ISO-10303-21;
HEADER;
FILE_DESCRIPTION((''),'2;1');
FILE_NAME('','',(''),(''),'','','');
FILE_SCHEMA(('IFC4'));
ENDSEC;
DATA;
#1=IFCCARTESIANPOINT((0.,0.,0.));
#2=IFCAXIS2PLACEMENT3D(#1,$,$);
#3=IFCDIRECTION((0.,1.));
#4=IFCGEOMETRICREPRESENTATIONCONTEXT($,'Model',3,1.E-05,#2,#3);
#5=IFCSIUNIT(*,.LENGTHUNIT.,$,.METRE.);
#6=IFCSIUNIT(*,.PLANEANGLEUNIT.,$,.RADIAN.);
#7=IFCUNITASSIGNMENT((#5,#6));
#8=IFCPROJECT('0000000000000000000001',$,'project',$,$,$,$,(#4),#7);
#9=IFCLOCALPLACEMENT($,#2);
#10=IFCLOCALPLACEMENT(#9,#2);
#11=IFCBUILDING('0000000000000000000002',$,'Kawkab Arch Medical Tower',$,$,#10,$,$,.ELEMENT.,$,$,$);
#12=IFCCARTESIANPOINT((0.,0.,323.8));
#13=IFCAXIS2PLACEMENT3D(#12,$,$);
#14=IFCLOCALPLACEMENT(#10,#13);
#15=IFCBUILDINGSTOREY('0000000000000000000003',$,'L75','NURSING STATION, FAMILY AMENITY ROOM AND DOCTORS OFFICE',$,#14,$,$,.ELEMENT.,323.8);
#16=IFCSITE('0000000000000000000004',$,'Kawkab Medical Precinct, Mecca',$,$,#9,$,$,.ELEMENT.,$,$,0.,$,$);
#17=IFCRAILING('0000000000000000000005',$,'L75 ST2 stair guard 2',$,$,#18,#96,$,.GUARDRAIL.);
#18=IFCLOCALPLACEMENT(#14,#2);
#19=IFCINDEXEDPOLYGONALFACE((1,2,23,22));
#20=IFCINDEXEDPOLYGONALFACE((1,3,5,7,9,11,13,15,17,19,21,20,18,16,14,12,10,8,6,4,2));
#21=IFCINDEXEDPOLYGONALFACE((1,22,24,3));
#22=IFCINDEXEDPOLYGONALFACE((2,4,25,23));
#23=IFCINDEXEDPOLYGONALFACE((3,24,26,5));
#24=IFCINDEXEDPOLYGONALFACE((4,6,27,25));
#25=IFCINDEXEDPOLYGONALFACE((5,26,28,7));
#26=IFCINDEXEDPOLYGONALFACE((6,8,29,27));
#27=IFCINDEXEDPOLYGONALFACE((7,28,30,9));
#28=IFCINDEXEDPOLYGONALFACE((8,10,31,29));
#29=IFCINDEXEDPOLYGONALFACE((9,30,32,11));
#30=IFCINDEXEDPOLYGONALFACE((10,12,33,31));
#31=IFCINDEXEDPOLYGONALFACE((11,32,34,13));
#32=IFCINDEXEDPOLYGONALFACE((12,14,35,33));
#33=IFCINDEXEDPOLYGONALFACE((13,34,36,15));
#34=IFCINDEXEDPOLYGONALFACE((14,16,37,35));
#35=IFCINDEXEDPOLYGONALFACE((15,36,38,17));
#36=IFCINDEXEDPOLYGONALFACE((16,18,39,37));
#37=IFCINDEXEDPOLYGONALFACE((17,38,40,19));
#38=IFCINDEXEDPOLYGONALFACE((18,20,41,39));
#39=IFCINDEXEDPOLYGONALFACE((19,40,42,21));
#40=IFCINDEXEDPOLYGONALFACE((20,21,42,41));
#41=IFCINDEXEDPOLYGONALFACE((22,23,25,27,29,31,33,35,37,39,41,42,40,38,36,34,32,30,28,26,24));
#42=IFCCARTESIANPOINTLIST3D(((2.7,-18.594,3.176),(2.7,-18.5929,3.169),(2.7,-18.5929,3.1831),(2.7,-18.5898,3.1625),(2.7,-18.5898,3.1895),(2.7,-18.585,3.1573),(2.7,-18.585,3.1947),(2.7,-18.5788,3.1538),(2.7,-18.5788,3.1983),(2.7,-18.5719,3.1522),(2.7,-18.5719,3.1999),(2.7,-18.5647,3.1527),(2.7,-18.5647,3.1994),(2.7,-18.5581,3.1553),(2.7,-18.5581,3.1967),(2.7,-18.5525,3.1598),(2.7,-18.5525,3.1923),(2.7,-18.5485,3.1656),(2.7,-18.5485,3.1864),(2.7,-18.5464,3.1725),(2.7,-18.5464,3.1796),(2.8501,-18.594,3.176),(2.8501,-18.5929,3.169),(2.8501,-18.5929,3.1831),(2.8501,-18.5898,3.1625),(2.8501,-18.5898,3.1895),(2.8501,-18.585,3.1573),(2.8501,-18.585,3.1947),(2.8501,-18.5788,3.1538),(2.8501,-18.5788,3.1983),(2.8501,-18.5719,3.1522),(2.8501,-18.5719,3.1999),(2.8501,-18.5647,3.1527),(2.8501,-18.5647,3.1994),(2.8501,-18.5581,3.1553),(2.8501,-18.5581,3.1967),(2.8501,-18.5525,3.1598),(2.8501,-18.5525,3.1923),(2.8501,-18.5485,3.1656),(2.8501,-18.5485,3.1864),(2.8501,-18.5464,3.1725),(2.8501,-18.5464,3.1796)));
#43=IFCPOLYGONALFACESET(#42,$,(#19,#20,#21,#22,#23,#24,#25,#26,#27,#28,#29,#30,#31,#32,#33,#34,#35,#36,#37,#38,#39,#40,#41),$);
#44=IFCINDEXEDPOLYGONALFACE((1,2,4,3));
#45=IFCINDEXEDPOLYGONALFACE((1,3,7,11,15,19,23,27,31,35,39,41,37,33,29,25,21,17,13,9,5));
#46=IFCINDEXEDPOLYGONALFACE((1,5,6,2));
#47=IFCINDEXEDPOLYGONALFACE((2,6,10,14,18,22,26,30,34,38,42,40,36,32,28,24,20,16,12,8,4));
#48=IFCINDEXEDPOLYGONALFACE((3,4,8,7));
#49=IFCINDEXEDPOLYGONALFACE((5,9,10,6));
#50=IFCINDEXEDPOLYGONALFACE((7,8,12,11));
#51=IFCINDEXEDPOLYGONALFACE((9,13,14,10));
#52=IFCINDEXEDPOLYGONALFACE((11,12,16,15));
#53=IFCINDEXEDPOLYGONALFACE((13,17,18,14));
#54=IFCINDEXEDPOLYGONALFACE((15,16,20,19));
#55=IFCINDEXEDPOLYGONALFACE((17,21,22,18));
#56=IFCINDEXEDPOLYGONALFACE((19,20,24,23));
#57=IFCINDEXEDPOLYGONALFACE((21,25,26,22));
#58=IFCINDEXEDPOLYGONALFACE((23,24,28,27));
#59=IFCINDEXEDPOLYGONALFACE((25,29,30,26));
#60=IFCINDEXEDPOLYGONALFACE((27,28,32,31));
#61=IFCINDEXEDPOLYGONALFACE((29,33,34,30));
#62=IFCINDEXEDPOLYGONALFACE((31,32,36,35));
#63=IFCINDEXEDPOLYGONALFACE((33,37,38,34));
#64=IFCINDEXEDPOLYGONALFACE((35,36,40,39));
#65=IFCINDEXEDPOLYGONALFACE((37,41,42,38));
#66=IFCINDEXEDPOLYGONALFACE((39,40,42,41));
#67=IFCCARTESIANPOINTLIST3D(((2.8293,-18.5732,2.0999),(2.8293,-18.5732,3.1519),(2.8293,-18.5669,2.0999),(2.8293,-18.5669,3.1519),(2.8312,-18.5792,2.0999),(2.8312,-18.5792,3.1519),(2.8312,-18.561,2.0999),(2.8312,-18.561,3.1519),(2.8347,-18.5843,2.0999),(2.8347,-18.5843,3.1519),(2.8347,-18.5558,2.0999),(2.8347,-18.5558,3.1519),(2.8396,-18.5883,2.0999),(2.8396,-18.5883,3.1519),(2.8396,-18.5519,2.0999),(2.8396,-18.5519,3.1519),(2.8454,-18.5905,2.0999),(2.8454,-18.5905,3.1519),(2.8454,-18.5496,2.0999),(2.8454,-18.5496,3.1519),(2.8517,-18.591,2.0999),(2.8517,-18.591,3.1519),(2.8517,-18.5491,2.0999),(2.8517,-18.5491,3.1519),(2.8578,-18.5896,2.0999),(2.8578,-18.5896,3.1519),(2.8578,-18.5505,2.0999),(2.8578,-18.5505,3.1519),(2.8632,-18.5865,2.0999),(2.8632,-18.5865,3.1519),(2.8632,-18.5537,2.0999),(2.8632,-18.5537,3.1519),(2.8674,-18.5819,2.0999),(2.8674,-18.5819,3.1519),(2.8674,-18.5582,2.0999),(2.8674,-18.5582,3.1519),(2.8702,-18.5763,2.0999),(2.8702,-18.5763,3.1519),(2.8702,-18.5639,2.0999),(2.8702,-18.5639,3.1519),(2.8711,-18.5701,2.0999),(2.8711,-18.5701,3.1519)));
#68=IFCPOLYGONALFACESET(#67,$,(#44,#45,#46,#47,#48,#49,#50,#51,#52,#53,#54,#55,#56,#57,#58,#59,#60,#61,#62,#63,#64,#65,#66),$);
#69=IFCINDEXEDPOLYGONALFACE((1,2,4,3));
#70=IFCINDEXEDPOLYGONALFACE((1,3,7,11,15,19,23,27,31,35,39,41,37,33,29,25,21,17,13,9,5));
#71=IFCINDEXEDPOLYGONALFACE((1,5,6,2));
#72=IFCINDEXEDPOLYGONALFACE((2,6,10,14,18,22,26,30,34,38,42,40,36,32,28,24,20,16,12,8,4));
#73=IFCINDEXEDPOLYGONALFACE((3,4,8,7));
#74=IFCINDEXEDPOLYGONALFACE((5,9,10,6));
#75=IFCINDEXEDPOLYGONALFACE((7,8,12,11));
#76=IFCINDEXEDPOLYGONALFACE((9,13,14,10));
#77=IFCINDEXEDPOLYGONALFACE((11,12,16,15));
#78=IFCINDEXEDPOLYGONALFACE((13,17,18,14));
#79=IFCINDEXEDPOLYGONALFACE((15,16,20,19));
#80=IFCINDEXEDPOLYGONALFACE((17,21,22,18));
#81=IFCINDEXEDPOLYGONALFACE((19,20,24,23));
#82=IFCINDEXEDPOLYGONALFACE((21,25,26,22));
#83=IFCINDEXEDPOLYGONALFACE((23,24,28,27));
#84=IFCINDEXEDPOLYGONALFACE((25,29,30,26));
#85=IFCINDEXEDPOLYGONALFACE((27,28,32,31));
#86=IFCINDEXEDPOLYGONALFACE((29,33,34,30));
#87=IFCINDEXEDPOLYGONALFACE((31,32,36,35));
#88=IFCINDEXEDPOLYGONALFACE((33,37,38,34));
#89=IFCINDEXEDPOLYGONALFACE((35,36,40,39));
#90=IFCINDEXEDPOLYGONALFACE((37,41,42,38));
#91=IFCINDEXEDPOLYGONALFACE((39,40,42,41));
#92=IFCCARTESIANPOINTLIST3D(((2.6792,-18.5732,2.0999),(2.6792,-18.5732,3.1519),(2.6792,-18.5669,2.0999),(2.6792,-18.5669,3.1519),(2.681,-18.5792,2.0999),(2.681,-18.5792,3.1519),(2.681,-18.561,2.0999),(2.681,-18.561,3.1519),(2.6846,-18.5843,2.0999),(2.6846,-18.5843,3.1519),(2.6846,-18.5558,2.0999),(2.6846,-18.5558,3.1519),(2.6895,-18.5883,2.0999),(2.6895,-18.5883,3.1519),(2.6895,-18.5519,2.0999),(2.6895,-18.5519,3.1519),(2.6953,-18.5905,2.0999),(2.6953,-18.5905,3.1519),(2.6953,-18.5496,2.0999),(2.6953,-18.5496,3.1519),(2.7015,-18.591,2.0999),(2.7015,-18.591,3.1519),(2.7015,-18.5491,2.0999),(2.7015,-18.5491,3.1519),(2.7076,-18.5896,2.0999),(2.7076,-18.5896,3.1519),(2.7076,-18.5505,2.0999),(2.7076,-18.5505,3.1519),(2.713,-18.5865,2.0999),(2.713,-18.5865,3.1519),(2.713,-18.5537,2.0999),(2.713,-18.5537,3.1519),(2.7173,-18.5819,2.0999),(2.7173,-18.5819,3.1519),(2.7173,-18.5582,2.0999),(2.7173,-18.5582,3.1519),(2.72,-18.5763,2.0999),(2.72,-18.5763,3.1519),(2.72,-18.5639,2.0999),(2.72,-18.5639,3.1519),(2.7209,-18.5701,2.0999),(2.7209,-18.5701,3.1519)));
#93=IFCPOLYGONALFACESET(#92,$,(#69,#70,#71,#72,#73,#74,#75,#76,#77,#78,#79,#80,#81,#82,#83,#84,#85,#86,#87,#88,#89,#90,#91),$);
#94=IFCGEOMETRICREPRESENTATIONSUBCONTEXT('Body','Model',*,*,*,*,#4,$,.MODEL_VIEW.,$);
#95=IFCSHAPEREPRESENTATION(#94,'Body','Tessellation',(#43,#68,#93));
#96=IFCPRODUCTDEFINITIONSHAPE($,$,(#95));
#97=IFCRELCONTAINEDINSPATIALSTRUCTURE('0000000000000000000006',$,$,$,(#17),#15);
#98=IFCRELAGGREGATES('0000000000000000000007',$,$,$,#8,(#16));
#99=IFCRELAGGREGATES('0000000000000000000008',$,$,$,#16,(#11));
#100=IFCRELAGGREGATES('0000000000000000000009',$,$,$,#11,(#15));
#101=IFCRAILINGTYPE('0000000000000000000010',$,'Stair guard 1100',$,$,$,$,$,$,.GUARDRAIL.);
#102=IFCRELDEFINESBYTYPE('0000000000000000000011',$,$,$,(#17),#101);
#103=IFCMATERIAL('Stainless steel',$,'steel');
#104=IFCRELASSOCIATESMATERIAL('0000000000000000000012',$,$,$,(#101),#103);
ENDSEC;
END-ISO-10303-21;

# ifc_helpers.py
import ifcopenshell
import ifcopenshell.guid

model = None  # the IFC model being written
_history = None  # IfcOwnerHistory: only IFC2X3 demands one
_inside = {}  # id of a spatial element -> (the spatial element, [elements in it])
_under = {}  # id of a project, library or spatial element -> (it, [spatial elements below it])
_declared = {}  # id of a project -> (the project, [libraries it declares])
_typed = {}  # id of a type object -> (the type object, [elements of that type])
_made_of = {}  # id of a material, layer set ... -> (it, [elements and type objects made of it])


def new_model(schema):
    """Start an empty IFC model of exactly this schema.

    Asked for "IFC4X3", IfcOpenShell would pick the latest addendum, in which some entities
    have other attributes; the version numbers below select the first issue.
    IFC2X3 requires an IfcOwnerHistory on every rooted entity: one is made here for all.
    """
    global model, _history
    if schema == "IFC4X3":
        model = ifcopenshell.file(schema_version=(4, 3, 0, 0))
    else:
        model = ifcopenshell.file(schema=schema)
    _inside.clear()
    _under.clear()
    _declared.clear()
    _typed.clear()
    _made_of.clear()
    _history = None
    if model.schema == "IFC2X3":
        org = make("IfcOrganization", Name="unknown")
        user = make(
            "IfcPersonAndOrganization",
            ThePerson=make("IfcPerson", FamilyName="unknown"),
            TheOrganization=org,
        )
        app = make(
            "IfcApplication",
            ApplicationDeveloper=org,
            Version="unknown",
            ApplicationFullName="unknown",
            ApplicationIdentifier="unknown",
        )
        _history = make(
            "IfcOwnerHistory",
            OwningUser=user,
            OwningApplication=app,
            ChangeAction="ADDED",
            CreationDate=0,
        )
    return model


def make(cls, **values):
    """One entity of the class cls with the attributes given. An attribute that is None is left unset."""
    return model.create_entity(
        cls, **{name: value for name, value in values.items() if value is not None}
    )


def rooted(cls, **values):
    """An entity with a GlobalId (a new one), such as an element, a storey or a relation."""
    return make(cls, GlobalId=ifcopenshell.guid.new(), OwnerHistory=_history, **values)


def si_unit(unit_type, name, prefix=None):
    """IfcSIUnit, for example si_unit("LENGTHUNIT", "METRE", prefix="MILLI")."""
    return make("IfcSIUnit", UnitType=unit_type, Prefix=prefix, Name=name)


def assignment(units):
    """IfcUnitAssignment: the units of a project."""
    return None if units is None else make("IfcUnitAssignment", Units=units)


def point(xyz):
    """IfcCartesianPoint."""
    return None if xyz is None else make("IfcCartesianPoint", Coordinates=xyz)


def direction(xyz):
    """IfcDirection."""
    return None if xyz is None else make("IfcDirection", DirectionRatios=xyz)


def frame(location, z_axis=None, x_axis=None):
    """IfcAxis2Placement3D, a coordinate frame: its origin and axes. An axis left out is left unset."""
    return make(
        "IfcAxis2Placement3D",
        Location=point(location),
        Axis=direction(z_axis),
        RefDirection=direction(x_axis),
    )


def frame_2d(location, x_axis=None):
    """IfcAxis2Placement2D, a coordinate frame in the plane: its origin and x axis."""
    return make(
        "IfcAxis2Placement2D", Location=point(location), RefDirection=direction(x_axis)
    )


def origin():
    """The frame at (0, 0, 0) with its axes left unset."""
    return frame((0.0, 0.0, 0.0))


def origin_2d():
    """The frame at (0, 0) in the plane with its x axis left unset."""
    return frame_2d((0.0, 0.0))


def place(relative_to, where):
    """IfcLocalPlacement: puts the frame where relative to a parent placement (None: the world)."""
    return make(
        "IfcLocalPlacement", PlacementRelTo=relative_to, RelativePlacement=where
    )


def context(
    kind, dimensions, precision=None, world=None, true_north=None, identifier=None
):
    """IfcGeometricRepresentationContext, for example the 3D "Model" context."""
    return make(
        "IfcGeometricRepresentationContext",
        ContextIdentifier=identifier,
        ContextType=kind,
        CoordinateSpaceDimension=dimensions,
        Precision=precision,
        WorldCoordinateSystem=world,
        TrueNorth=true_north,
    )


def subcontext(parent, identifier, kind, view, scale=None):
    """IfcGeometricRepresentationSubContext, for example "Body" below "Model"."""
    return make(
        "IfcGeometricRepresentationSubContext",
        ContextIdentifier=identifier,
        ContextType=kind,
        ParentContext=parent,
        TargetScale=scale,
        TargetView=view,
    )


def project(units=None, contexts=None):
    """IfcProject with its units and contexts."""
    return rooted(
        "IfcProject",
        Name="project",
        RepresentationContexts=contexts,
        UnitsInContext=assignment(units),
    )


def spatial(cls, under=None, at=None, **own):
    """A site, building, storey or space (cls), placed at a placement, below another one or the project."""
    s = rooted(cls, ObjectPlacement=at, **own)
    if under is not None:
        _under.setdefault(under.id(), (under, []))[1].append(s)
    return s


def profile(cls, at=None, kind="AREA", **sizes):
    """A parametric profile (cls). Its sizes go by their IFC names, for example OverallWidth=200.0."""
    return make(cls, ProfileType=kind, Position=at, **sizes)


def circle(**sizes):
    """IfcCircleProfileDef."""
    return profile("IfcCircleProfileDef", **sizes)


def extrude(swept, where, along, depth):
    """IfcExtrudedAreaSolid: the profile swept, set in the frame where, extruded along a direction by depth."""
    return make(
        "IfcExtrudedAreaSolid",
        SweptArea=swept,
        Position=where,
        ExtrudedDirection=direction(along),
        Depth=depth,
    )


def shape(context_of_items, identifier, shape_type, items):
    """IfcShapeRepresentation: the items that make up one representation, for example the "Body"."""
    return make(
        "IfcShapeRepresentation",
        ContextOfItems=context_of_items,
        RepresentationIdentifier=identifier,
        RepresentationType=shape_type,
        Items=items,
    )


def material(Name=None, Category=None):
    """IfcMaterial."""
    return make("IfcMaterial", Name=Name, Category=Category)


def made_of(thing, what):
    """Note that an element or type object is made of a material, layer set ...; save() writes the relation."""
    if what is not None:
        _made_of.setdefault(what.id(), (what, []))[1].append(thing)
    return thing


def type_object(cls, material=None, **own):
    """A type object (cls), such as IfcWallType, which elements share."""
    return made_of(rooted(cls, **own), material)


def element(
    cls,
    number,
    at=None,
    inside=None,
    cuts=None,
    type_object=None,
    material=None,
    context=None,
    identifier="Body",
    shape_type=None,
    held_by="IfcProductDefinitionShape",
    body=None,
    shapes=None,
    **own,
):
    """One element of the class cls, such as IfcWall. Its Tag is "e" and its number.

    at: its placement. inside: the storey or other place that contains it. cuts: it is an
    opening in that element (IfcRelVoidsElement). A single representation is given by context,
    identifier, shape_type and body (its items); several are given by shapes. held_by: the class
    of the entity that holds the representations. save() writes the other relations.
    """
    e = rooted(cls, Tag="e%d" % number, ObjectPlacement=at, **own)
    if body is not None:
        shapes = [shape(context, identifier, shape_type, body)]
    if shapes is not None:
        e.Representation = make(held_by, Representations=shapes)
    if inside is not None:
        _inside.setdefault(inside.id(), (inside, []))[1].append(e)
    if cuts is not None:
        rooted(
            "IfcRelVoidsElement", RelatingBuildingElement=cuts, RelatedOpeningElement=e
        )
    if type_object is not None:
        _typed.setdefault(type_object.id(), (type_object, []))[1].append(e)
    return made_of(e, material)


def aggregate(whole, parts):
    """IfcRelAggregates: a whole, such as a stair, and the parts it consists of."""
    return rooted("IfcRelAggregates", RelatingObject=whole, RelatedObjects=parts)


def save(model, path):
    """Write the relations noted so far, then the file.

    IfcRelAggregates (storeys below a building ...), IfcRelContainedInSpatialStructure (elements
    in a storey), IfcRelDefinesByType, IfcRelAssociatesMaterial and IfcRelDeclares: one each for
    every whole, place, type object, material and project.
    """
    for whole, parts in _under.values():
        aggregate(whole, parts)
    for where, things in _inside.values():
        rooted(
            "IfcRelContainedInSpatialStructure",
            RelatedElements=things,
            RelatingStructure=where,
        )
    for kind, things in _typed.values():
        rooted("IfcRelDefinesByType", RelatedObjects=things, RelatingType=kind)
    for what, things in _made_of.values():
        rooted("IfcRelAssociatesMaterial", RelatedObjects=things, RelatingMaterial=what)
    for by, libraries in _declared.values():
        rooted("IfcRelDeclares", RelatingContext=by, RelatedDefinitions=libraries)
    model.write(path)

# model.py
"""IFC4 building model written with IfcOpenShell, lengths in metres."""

from ifc_helpers import new_model, si_unit, direction, frame, origin, origin_2d, place, context, subcontext, project, spatial, circle, extrude, material, type_object, element, save


model = new_model("IFC4")

# Units and contexts
model_context = context("Model", 3, precision=1e-05, world=origin(), true_north=direction((0.0, 1.0)))
body_context = subcontext(model_context, "Body", "Model", "MODEL_VIEW")
ifc_project = project(units=[si_unit("LENGTHUNIT", "METRE"), si_unit("PLANEANGLEUNIT", "RADIAN")], contexts=[model_context])

# Site, building, storey
site_placement = place(None, origin())
site = spatial("IfcSite", under=ifc_project, at=site_placement, Name="Kawkab Medical Precinct, Mecca", CompositionType="ELEMENT", RefElevation=0.0)
building_placement = place(site_placement, origin())
building = spatial("IfcBuilding", under=site, at=building_placement, Name="Kawkab Arch Medical Tower", CompositionType="ELEMENT")
storey_placement = place(building_placement, frame((0.0, 0.0, 323.8)))
storey = spatial("IfcBuildingStorey", under=building, at=storey_placement, Name="L75", Description="NURSING STATION, FAMILY AMENITY ROOM AND DOCTORS OFFICE", CompositionType="ELEMENT", Elevation=323.8)

# Railing
ifc_material_1 = material(Name="Stainless steel", Category="steel")
railing_type = type_object("IfcRailingType", Name="Stair guard 1100", PredefinedType="GUARDRAIL", material=ifc_material_1)
railing_1_placement = place(storey_placement, frame((2.8501, -18.5701, 2.0999)))
element("IfcRailing", 1, at=railing_1_placement, inside=storey, type_object=railing_type, Name="L75 ST2 stair guard 2", PredefinedType="GUARDRAIL", context=body_context, shape_type="SweptSolid", body=[
    extrude(circle(Radius=0.0239, at=origin_2d()), frame((0.0, 0.0, 1.0762), z_axis=(-1.0, 0.0, 0.0), x_axis=(0.0, -1.0, 0.0)), (0.0, 0.0, 1.0), 0.1501),
    extrude(circle(Radius=0.021, at=origin_2d()), origin(), (0.0, 0.0, 1.0), 1.052),
    extrude(circle(Radius=0.021, at=origin_2d()), frame((-0.1501, 0.0, 0.0)), (0.0, 0.0, 1.0), 1.052),
])

save(model, "model.ifc")
